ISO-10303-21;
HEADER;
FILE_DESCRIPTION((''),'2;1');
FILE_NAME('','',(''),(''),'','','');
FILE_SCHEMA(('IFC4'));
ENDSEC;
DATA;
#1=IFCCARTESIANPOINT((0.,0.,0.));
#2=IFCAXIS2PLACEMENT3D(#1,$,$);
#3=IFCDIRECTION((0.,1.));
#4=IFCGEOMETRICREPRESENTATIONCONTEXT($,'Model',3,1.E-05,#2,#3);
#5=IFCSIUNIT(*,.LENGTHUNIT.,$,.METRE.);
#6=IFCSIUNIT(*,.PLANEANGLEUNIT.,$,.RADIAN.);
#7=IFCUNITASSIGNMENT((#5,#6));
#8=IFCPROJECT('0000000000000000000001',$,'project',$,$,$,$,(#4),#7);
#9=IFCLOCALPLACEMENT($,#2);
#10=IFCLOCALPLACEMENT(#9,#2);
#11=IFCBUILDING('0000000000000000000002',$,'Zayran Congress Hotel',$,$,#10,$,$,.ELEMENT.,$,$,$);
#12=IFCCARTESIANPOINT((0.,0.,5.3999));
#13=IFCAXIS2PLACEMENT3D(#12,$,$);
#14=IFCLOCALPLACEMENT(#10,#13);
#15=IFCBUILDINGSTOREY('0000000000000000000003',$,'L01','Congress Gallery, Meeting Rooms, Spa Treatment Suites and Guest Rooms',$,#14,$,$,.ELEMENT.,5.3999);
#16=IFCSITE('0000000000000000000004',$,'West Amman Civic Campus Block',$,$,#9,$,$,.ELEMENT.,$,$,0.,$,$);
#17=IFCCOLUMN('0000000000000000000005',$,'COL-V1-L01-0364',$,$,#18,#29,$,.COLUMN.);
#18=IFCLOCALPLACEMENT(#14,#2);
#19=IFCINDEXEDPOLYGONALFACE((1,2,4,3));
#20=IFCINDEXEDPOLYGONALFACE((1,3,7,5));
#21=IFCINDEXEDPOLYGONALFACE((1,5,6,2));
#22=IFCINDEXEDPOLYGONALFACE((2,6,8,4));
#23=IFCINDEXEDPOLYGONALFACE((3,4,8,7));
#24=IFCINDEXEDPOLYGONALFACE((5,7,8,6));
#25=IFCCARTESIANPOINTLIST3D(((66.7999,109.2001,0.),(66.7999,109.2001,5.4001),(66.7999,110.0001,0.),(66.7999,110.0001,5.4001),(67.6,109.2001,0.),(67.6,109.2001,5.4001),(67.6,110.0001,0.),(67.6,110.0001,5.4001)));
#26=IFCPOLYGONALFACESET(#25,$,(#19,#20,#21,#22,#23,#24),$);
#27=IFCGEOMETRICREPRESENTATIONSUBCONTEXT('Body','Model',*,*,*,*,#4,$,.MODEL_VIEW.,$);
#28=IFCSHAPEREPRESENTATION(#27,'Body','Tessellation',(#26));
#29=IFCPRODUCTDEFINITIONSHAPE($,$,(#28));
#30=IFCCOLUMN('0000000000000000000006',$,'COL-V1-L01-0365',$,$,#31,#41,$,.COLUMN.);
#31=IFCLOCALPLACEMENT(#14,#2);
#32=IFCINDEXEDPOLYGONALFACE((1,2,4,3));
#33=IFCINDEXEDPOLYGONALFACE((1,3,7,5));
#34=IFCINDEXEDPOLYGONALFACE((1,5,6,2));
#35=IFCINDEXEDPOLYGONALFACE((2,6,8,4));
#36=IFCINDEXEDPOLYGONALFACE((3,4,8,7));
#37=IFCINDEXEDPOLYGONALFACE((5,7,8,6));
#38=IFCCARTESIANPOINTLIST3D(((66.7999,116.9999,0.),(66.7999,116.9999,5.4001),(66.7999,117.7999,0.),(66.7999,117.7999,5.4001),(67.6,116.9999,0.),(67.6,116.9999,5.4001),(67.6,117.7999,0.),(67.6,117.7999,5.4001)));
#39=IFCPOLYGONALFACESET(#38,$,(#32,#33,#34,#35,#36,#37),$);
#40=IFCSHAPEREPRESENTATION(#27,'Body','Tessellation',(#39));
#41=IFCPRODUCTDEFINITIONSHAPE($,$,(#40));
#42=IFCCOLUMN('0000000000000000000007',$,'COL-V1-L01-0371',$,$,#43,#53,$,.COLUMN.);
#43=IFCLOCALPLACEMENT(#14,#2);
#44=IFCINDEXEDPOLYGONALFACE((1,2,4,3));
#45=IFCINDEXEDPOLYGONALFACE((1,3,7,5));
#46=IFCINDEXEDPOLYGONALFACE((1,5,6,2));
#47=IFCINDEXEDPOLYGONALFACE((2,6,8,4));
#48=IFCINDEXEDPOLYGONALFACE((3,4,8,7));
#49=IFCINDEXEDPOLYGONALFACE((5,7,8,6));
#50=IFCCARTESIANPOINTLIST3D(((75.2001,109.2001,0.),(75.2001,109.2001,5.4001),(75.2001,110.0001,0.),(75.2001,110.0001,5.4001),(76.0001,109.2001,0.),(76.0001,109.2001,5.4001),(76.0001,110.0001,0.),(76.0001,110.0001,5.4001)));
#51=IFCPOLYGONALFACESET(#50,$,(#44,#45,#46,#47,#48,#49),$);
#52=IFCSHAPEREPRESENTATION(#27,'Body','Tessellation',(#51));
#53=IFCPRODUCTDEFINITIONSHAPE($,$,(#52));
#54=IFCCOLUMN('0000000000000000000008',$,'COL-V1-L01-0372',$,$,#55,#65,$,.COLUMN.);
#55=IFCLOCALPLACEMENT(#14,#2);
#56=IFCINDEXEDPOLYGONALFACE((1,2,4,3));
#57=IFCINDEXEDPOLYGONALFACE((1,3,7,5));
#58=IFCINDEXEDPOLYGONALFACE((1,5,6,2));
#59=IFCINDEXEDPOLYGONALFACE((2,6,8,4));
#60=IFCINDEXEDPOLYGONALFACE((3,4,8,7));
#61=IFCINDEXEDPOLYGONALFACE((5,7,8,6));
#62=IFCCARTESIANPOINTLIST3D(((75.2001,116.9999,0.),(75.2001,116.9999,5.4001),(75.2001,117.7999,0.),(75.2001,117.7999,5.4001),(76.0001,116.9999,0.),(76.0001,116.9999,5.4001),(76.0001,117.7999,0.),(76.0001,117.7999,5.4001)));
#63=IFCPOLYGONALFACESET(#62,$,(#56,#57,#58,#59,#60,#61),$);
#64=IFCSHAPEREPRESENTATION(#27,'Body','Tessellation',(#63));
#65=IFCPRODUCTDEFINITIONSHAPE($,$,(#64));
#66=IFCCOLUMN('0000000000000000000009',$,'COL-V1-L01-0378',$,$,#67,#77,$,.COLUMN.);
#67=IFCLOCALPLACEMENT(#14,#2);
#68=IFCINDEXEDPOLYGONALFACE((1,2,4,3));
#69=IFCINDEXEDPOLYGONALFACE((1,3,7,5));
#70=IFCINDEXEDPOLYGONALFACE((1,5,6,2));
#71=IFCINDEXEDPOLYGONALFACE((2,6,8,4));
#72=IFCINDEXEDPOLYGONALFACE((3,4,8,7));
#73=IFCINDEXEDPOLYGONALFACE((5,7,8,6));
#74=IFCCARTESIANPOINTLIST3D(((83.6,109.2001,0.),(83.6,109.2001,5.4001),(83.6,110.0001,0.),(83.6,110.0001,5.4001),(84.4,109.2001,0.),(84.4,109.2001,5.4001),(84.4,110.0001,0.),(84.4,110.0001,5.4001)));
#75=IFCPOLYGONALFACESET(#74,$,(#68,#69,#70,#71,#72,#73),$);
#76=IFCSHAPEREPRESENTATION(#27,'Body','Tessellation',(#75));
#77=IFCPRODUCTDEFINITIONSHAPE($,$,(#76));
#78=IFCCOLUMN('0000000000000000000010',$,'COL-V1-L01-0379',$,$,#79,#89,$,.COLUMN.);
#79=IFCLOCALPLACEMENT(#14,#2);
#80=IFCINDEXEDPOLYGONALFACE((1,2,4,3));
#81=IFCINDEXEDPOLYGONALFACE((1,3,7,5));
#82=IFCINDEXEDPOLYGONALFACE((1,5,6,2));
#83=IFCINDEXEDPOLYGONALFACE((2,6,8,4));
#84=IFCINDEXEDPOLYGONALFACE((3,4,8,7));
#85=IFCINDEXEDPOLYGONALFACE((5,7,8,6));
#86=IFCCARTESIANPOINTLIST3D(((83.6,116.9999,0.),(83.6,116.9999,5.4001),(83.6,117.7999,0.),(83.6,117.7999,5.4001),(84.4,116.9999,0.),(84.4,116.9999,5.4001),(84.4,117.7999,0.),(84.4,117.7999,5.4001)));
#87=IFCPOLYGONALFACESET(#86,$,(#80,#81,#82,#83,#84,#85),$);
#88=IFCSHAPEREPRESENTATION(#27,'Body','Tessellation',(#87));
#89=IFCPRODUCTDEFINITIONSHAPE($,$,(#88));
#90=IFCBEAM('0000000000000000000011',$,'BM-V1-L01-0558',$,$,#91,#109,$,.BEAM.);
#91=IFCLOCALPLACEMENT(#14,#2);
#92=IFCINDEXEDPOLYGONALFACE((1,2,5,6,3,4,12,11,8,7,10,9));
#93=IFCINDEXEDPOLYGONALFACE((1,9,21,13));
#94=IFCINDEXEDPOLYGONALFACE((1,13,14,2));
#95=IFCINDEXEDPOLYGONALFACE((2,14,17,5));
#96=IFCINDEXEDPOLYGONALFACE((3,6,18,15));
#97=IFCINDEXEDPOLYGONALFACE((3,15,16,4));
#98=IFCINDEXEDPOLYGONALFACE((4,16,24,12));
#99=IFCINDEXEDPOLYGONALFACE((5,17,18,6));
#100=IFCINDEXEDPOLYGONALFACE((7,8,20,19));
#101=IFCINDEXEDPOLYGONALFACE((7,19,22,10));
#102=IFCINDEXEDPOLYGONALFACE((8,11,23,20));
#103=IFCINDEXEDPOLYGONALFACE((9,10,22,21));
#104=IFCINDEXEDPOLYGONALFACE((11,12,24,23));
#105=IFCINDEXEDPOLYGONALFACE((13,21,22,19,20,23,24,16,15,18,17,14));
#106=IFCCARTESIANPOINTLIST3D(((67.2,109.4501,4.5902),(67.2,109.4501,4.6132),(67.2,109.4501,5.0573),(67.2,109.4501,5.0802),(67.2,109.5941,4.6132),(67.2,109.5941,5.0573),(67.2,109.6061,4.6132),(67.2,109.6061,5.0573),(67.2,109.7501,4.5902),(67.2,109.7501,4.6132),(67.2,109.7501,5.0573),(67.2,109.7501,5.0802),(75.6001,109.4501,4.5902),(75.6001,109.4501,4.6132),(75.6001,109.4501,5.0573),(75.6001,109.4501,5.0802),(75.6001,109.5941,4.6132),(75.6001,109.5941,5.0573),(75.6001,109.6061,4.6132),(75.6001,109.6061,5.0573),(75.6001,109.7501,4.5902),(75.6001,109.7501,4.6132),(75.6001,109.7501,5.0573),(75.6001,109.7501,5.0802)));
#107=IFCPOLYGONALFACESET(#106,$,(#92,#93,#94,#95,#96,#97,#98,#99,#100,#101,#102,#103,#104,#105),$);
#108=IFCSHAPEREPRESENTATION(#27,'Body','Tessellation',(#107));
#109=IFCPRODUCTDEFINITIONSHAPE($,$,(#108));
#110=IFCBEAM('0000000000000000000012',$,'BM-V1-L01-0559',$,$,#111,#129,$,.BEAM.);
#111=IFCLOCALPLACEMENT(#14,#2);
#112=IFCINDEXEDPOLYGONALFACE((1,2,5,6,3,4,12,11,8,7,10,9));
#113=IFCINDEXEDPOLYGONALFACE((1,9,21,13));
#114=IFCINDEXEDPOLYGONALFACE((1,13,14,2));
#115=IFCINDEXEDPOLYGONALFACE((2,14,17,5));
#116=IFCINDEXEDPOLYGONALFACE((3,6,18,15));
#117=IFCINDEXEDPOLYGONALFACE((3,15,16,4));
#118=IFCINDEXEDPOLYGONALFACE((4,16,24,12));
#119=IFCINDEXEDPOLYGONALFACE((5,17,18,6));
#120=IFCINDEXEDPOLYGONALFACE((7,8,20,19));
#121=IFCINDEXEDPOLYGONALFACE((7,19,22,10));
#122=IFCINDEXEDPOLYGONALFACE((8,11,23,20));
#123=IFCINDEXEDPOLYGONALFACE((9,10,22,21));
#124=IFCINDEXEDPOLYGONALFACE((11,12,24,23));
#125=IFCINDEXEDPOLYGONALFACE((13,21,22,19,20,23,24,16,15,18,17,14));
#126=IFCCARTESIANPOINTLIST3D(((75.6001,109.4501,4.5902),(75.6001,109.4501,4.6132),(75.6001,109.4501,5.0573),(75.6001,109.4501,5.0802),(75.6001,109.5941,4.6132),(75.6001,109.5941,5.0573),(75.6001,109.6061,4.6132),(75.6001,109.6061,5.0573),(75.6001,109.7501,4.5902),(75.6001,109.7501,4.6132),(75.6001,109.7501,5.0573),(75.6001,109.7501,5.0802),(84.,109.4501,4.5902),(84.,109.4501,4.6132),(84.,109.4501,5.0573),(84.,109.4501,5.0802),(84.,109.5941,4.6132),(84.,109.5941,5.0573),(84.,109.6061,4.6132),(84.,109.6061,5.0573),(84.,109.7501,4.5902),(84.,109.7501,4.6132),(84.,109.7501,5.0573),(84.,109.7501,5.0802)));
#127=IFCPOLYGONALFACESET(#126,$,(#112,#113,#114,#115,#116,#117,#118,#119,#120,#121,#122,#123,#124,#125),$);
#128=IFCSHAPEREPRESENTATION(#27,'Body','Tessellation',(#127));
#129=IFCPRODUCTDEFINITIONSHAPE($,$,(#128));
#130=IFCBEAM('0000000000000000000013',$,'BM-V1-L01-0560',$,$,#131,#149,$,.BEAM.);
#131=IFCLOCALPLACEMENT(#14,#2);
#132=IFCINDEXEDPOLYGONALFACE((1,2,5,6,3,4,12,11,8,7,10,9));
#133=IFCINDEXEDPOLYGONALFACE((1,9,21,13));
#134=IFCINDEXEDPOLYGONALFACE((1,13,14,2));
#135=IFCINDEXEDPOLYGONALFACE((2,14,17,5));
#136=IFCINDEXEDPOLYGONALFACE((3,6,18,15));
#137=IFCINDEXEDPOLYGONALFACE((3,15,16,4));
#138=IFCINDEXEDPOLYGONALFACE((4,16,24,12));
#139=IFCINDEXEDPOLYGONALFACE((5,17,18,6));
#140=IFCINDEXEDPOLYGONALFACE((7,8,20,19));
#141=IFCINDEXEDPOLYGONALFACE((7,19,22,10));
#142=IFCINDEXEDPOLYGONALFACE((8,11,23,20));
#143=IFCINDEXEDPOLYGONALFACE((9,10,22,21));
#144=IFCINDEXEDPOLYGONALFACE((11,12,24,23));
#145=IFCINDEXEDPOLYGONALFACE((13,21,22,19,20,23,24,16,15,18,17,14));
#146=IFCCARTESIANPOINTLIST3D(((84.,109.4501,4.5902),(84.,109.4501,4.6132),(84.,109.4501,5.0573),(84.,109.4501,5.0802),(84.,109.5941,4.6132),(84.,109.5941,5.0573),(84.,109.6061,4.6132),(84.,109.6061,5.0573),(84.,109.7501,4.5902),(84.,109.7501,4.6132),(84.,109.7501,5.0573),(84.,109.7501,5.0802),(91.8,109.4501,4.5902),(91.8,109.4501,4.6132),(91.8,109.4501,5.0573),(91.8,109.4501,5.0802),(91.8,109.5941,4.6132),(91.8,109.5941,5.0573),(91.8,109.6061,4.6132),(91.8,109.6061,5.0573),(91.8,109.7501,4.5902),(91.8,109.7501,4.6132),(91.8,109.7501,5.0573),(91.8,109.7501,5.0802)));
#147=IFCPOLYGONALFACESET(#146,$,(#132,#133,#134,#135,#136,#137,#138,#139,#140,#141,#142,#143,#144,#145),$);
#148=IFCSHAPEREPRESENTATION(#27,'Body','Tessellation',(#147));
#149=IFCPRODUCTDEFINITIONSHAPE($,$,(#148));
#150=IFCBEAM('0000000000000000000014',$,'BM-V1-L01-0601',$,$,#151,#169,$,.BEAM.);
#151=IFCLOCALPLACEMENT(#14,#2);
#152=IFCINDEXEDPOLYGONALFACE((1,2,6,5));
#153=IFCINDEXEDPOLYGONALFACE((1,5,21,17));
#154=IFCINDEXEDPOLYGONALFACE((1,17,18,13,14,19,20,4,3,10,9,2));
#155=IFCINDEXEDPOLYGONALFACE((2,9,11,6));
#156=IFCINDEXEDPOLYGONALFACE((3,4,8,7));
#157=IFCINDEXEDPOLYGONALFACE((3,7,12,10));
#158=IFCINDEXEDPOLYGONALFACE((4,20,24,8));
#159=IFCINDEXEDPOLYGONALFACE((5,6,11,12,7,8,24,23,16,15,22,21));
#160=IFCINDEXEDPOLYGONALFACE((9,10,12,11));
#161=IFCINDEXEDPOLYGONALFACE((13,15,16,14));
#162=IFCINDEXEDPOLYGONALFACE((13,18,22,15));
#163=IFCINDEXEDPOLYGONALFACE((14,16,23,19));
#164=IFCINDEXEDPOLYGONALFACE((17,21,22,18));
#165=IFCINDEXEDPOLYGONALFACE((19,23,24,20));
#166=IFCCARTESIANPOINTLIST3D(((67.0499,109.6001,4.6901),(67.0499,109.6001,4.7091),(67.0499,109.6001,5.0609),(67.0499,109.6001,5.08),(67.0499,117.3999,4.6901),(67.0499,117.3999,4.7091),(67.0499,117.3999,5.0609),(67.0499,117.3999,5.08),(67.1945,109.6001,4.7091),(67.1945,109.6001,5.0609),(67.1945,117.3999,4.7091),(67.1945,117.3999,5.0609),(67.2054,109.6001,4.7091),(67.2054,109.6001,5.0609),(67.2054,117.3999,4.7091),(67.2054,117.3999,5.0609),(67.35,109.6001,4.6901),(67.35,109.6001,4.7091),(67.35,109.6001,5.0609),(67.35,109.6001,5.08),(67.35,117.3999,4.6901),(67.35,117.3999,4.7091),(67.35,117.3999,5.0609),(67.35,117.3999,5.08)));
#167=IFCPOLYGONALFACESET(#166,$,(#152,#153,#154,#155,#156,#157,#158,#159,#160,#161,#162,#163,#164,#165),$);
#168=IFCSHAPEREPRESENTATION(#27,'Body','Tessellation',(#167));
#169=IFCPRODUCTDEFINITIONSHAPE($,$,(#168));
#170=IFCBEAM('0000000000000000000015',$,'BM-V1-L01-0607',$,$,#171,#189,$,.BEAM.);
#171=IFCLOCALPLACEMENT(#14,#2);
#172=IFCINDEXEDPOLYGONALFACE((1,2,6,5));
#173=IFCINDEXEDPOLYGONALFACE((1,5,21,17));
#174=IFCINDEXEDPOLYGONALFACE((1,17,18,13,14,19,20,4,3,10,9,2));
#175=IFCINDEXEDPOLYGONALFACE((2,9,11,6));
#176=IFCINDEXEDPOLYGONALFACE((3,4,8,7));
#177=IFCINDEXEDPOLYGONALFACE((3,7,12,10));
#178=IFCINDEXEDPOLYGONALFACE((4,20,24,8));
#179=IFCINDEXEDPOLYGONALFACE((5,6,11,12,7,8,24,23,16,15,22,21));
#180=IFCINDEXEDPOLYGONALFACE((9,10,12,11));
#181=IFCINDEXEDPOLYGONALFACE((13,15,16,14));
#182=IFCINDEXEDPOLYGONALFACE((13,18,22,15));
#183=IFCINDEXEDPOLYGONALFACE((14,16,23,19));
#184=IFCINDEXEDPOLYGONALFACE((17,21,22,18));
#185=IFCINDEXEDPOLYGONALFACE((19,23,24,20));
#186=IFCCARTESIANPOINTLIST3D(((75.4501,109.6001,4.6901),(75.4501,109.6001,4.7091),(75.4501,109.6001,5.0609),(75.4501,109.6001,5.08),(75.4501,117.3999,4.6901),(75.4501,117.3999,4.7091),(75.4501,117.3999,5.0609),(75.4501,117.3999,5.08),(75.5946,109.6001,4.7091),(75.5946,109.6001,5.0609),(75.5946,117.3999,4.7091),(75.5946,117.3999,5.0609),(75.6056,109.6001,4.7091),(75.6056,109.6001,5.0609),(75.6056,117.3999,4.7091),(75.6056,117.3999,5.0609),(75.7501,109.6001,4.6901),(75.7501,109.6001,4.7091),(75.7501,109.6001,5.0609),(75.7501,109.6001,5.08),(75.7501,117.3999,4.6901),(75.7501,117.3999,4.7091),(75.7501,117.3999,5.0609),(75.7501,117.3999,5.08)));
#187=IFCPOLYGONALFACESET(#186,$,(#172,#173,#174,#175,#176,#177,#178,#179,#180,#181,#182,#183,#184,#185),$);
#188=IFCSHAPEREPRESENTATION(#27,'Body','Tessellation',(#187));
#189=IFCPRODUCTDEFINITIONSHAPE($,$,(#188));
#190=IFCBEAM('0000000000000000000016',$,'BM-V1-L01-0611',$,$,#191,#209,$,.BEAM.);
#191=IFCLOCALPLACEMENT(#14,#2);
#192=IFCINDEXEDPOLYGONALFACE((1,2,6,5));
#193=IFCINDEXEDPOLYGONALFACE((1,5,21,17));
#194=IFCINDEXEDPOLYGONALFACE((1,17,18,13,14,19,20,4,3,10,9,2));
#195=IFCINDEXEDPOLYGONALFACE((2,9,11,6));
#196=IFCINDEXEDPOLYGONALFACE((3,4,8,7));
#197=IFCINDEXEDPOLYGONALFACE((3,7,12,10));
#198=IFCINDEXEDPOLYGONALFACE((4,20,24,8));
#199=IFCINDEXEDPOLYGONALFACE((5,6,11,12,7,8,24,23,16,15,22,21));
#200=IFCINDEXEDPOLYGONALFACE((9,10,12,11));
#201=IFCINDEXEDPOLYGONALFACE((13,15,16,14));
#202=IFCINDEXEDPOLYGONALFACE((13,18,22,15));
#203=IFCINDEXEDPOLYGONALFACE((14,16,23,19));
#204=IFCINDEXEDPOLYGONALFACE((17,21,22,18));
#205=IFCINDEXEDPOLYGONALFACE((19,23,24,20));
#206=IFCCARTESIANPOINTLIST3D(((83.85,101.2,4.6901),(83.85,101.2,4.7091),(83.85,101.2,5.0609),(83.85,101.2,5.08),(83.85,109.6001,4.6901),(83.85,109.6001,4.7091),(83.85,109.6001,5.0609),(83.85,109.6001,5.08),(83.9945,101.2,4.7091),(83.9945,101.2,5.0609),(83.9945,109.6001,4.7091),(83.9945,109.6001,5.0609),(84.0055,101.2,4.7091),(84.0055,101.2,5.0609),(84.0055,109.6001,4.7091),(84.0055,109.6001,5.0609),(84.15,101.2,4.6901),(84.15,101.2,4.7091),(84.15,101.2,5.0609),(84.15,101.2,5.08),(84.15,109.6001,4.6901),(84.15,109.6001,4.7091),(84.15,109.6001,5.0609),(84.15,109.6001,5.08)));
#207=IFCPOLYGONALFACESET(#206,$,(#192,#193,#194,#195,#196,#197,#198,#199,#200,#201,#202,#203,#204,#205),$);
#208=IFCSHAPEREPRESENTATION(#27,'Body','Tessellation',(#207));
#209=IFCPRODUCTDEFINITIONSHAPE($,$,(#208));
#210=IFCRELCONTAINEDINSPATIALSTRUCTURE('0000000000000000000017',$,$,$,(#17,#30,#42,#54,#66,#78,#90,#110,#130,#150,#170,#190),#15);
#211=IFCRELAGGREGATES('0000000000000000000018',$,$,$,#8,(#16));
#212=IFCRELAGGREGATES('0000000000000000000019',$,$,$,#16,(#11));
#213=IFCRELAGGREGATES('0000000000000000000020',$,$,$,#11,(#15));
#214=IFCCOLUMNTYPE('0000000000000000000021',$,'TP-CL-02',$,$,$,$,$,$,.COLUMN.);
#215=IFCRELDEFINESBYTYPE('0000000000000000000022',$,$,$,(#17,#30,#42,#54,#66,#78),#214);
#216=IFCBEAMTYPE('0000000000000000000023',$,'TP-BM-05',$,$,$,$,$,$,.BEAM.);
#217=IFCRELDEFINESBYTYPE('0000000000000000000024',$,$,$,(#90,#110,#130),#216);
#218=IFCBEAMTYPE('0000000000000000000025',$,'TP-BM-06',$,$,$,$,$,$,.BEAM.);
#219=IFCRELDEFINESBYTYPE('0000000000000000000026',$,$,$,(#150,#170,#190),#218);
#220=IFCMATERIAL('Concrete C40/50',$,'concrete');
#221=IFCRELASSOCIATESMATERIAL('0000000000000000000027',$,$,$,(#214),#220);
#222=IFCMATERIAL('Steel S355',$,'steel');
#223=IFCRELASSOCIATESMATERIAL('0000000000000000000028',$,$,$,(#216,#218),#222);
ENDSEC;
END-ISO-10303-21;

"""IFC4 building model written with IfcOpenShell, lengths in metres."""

from ifc_helpers import new_model, si_unit, direction, frame, origin, origin_2d, place, context, subcontext, project, spatial, rectangle, i_section, extrude, material, material_profile, profile_set, type_object, element, save


model = new_model("IFC4")

# Units and contexts
model_context = context("Model", 3, precision=1e-05, world=origin(), true_north=direction((0.0, 1.0)))
body_context = subcontext(model_context, "Body", "Model", "MODEL_VIEW")
ifc_project = project(units=[si_unit("LENGTHUNIT", "METRE"), si_unit("PLANEANGLEUNIT", "RADIAN")], contexts=[model_context])

# Site, building, storey
site_placement = place(None, origin())
site = spatial("IfcSite", under=ifc_project, at=site_placement, Name="West Amman Civic Campus Block", CompositionType="ELEMENT", RefElevation=0.0)
building_placement = place(site_placement, origin())
building = spatial("IfcBuilding", under=site, at=building_placement, Name="Zayran Congress Hotel", CompositionType="ELEMENT")
storey_placement = place(building_placement, frame((0.0, 0.0, 5.3999)))
storey = spatial("IfcBuildingStorey", under=building, at=storey_placement, Name="L01", Description="Congress Gallery, Meeting Rooms, Spa Treatment Suites and Guest Rooms", CompositionType="ELEMENT", Elevation=5.3999)

# Columns
ifc_material_1 = material(Name="Concrete C40/50", Category="concrete")
ifc_material_profile_1 = material_profile(ifc_material_1, rectangle(XDim=0.8, YDim=0.8, at=origin_2d()), Name="RC 800x800")
ifc_profile_set_1 = profile_set([ifc_material_profile_1], Name="Concrete C40/50")
column_type = type_object("IfcColumnType", Name="TP-CL-02", PredefinedType="COLUMN", material=ifc_profile_set_1)
for number, where, z_axis, x_axis, name in (
    (1, (67.2, 109.6001, 0.0), (0.0, 0.0, 1.0), (1.0, 0.0, 0.0), "COL-V1-L01-0364"),
    (2, (67.2, 117.3999, 0.0), (0.0, 0.0, 1.0), (1.0, 0.0, 0.0), "COL-V1-L01-0365"),
    (3, (75.6001, 109.6001, 0.0), (0.0, 0.0, 1.0), (1.0, 0.0, 0.0), "COL-V1-L01-0371"),
    (4, (75.6001, 117.3999, 0.0), (0.0, 0.0, 1.0), (1.0, 0.0, 0.0), "COL-V1-L01-0372"),
    (5, (84.0, 109.6001, 0.0), (0.0, 0.0, 1.0), (1.0, 0.0, 0.0), "COL-V1-L01-0378"),
    (6, (84.0, 117.3999, 0.0), (0.0, 0.0, 1.0), (1.0, 0.0, 0.0), "COL-V1-L01-0379"),
):
    element("IfcColumn", number, at=place(storey_placement, frame(where, z_axis=z_axis, x_axis=x_axis)), inside=storey, type_object=column_type, Name=name, PredefinedType="COLUMN", context=body_context, shape_type="SweptSolid", body=[
        extrude(rectangle(XDim=0.8, YDim=0.8, at=origin_2d()), origin(), (0.0, 0.0, 1.0), 5.4001),
    ])

# Beams
ifc_material_2 = material(Name="Steel S355", Category="steel")
ifc_material_profile_2 = material_profile(ifc_material_2, i_section(OverallWidth=0.3, OverallDepth=0.49, WebThickness=0.012, FlangeThickness=0.0229, at=origin_2d()), Name="HEA 500")
ifc_profile_set_2 = profile_set([ifc_material_profile_2], Name="Steel S355")
beam_type_1 = type_object("IfcBeamType", Name="TP-BM-05", PredefinedType="BEAM", material=ifc_profile_set_2)
beam_1_placement = place(storey_placement, frame((67.2, 109.6001, 4.8352), z_axis=(1.0, 0.0, 0.0), x_axis=(0.0, 1.0, 0.0)))
element("IfcBeam", 7, at=beam_1_placement, inside=storey, type_object=beam_type_1, Name="BM-V1-L01-0558", PredefinedType="BEAM", context=body_context, shape_type="SweptSolid", body=[
    extrude(i_section(OverallWidth=0.3, OverallDepth=0.49, WebThickness=0.012, FlangeThickness=0.0229, at=origin_2d()), origin(), (0.0, 0.0, 1.0), 8.4001),
])
beam_2_placement = place(storey_placement, frame((75.6001, 109.6001, 4.8352), z_axis=(1.0, 0.0, 0.0), x_axis=(0.0, 1.0, 0.0)))
element("IfcBeam", 8, at=beam_2_placement, inside=storey, type_object=beam_type_1, Name="BM-V1-L01-0559", PredefinedType="BEAM", context=body_context, shape_type="SweptSolid", body=[
    extrude(i_section(OverallWidth=0.3, OverallDepth=0.49, WebThickness=0.012, FlangeThickness=0.0229, at=origin_2d()), origin(), (0.0, 0.0, 1.0), 8.3999),
])
beam_3_placement = place(storey_placement, frame((84.0, 109.6001, 4.8352), z_axis=(1.0, 0.0, 0.0), x_axis=(0.0, 1.0, 0.0)))
element("IfcBeam", 9, at=beam_3_placement, inside=storey, type_object=beam_type_1, Name="BM-V1-L01-0560", PredefinedType="BEAM", context=body_context, shape_type="SweptSolid", body=[
    extrude(i_section(OverallWidth=0.3, OverallDepth=0.49, WebThickness=0.012, FlangeThickness=0.0229, at=origin_2d()), origin(), (0.0, 0.0, 1.0), 7.8),
])
ifc_material_profile_3 = material_profile(ifc_material_2, i_section(OverallWidth=0.3, OverallDepth=0.3899, WebThickness=0.011, FlangeThickness=0.019, at=origin_2d()), Name="HEA 400")
ifc_profile_set_3 = profile_set([ifc_material_profile_3], Name="Steel S355")
beam_type_2 = type_object("IfcBeamType", Name="TP-BM-06", PredefinedType="BEAM", material=ifc_profile_set_3)
for number, where, z_axis, x_axis, name in (
    (10, (67.2, 109.6001, 4.885), (0.0, 1.0, 0.0), (-1.0, 0.0, 0.0), "BM-V1-L01-0601"),
    (11, (75.6001, 109.6001, 4.885), (0.0, 1.0, 0.0), (-1.0, 0.0, 0.0), "BM-V1-L01-0607"),
):
    element("IfcBeam", number, at=place(storey_placement, frame(where, z_axis=z_axis, x_axis=x_axis)), inside=storey, type_object=beam_type_2, Name=name, PredefinedType="BEAM", context=body_context, shape_type="SweptSolid", body=[
        extrude(i_section(OverallWidth=0.3, OverallDepth=0.3899, WebThickness=0.011, FlangeThickness=0.019, at=origin_2d()), origin(), (0.0, 0.0, 1.0), 7.7998),
    ])
beam_4_placement = place(storey_placement, frame((84.0, 101.2, 4.885), z_axis=(0.0, 1.0, 0.0), x_axis=(-1.0, 0.0, 0.0)))
element("IfcBeam", 12, at=beam_4_placement, inside=storey, type_object=beam_type_2, Name="BM-V1-L01-0611", PredefinedType="BEAM", context=body_context, shape_type="SweptSolid", body=[
    extrude(i_section(OverallWidth=0.3, OverallDepth=0.3899, WebThickness=0.011, FlangeThickness=0.019, at=origin_2d()), origin(), (0.0, 0.0, 1.0), 8.4001),
])

save(model, "model.ifc")
